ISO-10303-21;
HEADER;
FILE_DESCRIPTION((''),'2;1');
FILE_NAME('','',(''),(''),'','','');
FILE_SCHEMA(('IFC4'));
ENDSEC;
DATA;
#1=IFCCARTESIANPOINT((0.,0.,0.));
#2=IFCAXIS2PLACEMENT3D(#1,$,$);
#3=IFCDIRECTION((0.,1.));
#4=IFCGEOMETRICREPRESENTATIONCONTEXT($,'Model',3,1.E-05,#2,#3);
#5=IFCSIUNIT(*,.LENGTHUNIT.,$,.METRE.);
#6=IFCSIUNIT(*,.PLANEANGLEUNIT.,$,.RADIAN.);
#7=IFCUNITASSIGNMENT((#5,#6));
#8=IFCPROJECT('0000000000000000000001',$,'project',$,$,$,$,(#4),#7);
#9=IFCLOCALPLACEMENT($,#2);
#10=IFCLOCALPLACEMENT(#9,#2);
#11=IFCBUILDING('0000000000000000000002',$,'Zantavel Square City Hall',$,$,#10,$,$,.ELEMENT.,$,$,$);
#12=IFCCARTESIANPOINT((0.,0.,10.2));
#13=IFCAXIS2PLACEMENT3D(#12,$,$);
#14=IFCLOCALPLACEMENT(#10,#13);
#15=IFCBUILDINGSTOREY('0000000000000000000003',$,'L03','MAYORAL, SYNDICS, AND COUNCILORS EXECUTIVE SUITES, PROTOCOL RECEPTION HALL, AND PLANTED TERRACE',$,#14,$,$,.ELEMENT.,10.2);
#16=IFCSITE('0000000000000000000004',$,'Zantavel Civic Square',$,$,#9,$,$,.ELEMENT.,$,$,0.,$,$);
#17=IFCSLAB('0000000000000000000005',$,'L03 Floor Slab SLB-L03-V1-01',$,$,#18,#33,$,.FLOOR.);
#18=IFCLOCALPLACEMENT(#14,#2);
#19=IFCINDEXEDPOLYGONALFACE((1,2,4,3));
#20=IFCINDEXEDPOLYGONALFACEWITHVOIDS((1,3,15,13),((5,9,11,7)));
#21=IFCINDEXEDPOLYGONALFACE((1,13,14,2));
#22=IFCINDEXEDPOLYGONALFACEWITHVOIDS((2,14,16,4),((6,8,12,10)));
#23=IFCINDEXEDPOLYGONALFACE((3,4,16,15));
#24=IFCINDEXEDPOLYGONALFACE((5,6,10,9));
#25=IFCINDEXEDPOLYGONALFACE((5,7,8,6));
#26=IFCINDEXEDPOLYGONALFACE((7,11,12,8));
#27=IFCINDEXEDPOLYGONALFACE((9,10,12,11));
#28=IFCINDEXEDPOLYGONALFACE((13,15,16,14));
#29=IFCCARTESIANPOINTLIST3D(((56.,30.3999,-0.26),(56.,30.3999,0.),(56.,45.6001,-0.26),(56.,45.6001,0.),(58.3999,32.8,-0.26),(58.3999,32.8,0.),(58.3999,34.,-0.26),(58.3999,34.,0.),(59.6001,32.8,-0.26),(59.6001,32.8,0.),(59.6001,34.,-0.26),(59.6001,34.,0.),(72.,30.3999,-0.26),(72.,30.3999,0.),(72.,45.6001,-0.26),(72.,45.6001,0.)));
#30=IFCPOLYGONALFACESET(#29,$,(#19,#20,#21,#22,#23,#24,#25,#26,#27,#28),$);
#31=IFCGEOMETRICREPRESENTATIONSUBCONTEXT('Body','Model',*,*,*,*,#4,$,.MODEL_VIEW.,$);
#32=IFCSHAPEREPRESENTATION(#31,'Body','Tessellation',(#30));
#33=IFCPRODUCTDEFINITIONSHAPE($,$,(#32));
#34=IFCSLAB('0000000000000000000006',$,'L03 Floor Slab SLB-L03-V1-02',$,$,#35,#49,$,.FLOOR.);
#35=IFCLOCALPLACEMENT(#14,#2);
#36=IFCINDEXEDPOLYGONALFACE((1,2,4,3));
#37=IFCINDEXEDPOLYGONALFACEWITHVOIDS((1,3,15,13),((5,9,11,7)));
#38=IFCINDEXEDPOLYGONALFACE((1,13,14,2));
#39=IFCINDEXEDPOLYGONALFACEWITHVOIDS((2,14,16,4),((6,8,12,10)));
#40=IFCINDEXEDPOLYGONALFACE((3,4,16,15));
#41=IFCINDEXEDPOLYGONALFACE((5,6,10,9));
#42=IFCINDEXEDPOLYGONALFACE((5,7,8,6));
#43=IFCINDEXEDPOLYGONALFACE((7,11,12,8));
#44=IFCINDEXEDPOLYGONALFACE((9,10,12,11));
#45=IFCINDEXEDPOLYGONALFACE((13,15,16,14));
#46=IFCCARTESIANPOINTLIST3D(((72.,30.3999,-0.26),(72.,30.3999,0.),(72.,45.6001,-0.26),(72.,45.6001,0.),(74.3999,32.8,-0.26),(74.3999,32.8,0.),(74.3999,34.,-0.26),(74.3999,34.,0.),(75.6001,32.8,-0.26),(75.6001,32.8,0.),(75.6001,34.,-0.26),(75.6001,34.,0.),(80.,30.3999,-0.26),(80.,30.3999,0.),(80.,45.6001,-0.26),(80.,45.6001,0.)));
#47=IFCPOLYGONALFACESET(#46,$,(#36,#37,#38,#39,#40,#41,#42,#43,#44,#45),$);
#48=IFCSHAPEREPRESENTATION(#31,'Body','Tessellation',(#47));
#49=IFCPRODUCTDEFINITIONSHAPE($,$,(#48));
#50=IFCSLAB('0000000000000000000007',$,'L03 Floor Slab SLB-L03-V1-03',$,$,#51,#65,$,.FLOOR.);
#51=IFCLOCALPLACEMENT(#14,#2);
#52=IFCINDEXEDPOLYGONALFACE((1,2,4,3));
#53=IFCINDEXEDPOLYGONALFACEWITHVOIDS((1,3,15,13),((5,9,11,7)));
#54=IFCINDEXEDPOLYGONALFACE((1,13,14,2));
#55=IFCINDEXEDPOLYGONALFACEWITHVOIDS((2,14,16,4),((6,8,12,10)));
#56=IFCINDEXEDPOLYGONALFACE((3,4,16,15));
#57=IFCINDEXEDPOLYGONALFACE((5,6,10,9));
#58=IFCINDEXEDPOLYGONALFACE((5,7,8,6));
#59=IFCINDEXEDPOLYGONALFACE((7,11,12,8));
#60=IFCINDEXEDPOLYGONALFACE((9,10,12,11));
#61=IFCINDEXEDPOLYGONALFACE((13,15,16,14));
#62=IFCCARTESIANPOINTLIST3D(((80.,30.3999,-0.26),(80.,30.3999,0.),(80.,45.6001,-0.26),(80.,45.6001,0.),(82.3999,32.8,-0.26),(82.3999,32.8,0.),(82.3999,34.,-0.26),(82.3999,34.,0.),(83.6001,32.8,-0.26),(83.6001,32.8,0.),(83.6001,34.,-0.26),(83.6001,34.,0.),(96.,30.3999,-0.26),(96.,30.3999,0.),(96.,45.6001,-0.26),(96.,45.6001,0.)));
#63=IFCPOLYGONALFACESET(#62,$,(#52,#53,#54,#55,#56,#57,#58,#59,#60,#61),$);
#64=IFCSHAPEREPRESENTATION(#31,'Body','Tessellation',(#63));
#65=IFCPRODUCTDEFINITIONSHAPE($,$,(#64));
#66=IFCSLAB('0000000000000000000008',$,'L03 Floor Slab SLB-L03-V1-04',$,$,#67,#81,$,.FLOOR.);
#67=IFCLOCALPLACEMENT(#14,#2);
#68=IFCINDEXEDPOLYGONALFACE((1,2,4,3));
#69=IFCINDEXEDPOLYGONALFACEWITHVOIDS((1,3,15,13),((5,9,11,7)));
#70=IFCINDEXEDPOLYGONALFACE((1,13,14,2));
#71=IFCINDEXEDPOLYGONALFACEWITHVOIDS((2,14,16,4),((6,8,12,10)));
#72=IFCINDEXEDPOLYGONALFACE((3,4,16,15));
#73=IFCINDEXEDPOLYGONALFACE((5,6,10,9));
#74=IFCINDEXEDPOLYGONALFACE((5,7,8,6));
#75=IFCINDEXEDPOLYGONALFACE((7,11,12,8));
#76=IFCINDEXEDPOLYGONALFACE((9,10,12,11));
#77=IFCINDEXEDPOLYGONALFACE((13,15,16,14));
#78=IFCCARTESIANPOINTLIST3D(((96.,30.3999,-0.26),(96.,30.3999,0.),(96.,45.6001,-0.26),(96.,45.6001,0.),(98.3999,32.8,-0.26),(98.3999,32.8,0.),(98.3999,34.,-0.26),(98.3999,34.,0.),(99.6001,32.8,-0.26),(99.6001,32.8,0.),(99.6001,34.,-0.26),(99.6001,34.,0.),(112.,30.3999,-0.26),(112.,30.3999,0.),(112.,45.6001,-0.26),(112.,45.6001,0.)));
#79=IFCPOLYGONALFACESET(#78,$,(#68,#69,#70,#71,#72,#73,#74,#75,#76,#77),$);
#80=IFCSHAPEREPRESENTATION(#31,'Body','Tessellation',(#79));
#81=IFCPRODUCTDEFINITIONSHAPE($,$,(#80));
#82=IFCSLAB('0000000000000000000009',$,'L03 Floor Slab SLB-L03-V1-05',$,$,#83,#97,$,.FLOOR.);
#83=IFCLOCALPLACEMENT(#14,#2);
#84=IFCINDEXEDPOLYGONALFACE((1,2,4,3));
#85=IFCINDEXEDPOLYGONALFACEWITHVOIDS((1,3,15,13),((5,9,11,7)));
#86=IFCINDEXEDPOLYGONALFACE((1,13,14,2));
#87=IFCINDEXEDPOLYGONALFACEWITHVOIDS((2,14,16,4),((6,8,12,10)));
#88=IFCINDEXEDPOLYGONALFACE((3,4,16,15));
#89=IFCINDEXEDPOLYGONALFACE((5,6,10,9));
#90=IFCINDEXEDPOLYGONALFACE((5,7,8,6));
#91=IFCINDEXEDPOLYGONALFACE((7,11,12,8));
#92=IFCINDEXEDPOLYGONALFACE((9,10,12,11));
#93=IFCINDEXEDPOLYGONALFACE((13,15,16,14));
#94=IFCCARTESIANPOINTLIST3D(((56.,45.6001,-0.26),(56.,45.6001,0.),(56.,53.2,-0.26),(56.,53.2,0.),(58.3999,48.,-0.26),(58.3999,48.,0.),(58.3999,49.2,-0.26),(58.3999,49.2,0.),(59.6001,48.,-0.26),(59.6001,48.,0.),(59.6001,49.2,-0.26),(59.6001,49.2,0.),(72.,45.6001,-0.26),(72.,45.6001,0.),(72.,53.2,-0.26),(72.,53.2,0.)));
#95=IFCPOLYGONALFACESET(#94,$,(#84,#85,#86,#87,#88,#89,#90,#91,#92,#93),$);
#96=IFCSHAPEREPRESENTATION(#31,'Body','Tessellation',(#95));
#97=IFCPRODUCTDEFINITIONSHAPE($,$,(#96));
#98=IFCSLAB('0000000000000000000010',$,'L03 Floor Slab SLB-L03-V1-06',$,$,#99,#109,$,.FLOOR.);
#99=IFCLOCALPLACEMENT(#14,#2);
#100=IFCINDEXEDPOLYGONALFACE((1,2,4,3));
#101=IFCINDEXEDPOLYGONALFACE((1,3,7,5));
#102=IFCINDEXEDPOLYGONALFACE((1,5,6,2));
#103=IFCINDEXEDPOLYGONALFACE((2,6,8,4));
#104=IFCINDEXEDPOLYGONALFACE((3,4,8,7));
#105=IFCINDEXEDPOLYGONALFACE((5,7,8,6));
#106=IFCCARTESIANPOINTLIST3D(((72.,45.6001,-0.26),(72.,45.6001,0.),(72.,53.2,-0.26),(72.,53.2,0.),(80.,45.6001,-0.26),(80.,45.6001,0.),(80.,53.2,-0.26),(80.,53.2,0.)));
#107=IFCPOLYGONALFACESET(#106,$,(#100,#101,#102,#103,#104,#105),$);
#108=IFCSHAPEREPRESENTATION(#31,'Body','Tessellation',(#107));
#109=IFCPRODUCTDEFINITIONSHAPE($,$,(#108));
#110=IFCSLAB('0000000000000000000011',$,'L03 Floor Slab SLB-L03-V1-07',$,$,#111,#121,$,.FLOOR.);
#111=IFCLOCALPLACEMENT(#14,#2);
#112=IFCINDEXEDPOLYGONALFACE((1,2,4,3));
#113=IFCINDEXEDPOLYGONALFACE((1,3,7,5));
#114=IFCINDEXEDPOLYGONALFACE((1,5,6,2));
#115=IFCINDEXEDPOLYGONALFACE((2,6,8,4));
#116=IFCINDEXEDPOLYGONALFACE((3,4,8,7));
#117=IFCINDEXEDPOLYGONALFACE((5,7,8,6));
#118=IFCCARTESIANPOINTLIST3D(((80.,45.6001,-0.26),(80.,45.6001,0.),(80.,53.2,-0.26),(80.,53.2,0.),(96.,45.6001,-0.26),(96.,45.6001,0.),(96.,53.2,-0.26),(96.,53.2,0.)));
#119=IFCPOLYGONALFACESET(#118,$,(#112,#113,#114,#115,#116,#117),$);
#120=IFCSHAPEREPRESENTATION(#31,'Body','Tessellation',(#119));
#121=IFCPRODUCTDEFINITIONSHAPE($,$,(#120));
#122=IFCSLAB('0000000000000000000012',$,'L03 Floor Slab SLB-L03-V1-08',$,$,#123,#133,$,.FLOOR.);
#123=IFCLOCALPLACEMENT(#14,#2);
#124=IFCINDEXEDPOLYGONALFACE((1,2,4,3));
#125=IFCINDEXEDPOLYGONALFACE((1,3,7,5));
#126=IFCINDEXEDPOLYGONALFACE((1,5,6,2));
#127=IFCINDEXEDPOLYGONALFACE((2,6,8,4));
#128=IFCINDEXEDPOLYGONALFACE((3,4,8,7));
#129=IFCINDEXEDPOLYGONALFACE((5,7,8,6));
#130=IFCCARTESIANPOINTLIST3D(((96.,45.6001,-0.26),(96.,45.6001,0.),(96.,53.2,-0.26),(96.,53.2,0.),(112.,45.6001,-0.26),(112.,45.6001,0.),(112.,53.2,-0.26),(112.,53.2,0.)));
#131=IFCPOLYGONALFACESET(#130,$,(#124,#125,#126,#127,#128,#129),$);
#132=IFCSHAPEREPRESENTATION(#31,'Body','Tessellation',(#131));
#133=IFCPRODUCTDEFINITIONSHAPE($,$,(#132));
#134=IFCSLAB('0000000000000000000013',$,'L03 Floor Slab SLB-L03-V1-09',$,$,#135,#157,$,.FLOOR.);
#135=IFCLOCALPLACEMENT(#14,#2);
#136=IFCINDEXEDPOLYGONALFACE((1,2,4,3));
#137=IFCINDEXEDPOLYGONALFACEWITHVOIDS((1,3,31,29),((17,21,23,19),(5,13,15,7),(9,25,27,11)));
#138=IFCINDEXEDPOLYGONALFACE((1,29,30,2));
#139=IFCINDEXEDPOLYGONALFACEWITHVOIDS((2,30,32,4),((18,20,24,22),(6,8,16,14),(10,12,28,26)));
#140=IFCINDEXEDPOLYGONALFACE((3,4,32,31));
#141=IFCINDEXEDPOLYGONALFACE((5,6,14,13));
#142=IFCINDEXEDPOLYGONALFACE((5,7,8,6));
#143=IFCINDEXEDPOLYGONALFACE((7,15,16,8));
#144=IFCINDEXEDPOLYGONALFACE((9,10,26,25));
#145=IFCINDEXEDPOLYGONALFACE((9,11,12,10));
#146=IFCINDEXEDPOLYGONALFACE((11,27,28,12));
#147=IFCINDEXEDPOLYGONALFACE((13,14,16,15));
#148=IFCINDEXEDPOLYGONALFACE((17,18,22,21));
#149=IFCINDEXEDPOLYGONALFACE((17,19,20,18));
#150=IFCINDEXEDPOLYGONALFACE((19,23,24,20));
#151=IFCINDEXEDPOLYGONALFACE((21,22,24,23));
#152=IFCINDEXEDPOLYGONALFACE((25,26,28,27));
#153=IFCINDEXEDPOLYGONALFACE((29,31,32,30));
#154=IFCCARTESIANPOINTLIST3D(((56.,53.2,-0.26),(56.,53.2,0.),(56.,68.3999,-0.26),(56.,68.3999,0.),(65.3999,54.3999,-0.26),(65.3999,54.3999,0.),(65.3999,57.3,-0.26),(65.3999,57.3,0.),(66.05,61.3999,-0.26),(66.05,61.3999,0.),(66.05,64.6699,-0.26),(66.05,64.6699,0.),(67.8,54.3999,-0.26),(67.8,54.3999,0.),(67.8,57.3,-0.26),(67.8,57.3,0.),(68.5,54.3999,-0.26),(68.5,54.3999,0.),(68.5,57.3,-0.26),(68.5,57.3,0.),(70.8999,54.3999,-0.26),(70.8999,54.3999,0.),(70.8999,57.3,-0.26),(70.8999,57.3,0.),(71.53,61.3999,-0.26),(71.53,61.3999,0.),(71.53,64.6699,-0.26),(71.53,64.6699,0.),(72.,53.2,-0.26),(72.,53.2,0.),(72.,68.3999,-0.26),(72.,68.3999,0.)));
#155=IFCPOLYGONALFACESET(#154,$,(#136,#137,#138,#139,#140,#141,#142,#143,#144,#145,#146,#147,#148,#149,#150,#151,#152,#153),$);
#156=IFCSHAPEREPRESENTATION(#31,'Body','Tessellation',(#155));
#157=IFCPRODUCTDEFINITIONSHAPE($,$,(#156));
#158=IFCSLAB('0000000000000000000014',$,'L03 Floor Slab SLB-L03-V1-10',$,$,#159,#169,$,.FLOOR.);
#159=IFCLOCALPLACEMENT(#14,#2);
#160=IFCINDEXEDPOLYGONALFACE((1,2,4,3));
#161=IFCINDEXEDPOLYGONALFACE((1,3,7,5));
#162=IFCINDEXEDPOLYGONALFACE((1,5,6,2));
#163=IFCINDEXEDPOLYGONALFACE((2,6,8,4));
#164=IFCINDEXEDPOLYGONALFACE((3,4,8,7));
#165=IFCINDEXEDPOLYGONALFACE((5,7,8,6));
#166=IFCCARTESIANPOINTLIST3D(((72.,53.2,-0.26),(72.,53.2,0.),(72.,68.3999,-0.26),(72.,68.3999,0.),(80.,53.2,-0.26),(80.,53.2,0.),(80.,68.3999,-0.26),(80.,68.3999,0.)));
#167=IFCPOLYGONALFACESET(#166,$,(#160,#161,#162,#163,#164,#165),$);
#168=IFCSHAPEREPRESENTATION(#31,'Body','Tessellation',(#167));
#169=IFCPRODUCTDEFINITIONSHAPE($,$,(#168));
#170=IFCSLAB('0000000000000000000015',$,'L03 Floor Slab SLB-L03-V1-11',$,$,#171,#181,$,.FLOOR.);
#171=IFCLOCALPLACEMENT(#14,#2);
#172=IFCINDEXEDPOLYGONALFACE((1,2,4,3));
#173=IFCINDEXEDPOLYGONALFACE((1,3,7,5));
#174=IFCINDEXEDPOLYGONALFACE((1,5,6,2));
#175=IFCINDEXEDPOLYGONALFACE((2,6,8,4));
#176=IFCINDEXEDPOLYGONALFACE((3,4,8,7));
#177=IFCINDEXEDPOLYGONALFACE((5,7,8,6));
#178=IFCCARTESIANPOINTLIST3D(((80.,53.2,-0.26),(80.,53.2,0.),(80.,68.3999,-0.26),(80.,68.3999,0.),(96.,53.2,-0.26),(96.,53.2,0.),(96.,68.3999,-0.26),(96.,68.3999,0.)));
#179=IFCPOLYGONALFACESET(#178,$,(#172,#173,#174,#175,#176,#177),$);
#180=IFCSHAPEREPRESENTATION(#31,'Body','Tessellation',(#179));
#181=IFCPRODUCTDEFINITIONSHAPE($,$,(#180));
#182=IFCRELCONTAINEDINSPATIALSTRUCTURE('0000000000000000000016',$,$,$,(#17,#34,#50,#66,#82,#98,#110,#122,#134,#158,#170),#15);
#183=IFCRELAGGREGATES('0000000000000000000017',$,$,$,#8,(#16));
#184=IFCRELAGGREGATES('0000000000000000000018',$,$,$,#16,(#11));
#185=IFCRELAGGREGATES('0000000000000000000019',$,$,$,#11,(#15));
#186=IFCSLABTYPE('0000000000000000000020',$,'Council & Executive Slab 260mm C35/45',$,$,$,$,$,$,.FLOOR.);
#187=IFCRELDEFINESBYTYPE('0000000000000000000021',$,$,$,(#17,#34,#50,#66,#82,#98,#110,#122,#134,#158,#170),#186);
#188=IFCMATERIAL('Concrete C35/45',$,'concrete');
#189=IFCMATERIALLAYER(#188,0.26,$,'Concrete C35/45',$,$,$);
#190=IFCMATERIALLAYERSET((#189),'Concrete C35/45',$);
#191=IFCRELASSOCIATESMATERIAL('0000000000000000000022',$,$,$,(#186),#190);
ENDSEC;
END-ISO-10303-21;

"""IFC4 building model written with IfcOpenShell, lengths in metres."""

from ifc_helpers import new_model, si_unit, direction, frame, origin, place, context, subcontext, project, spatial, polyline, outline, extrude, material, layer, layer_set, type_object, element, save


model = new_model("IFC4")

# Units and contexts
model_context = context("Model", 3, precision=1e-05, world=origin(), true_north=direction((0.0, 1.0)))
body_context = subcontext(model_context, "Body", "Model", "MODEL_VIEW")
ifc_project = project(units=[si_unit("LENGTHUNIT", "METRE"), si_unit("PLANEANGLEUNIT", "RADIAN")], contexts=[model_context])

# Site, building, storey
site_placement = place(None, origin())
site = spatial("IfcSite", under=ifc_project, at=site_placement, Name="Zantavel Civic Square", CompositionType="ELEMENT", RefElevation=0.0)
building_placement = place(site_placement, origin())
building = spatial("IfcBuilding", under=site, at=building_placement, Name="Zantavel Square City Hall", CompositionType="ELEMENT")
storey_placement = place(building_placement, frame((0.0, 0.0, 10.2)))
storey = spatial("IfcBuildingStorey", under=building, at=storey_placement, Name="L03", Description="MAYORAL, SYNDICS, AND COUNCILORS EXECUTIVE SUITES, PROTOCOL RECEPTION HALL, AND PLANTED TERRACE", CompositionType="ELEMENT", Elevation=10.2)

# Slabs
ifc_material_1 = material(Name="Concrete C35/45", Category="concrete")
ifc_layer_1 = layer(ifc_material_1, 0.26, Name="Concrete C35/45")
ifc_layer_set_1 = layer_set([ifc_layer_1], Name="Concrete C35/45")
slab_type_1 = type_object("IfcSlabType", Name="Council & Executive Slab 260mm C35/45", PredefinedType="FLOOR", material=ifc_layer_set_1)
slab_1_placement = place(storey_placement, frame((0.0, 0.0, -0.26)))
element("IfcSlab", 1, at=slab_1_placement, inside=storey, type_object=slab_type_1, Name="L03 Floor Slab SLB-L03-V1-01", PredefinedType="FLOOR", context=body_context, shape_type="SweptSolid", body=[
    extrude(outline(polyline([(56.0, 45.6001), (72.0, 45.6001), (72.0, 30.3999), (56.0, 30.3999), (56.0, 45.6001)]), holes=[polyline([(59.6001, 34.0), (58.3999, 34.0), (58.3999, 32.8), (59.6001, 32.8), (59.6001, 34.0)])]), origin(), (0.0, 0.0, 1.0), 0.26),
])
slab_2_placement = place(storey_placement, frame((0.0, 0.0, -0.26)))
element("IfcSlab", 2, at=slab_2_placement, inside=storey, type_object=slab_type_1, Name="L03 Floor Slab SLB-L03-V1-02", PredefinedType="FLOOR", context=body_context, shape_type="SweptSolid", body=[
    extrude(outline(polyline([(80.0, 30.3999), (72.0, 30.3999), (72.0, 45.6001), (80.0, 45.6001), (80.0, 30.3999)]), holes=[polyline([(75.6001, 34.0), (74.3999, 34.0), (74.3999, 32.8), (75.6001, 32.8), (75.6001, 34.0)])]), origin(), (0.0, 0.0, 1.0), 0.26),
])
slab_3_placement = place(storey_placement, frame((0.0, 0.0, -0.26)))
element("IfcSlab", 3, at=slab_3_placement, inside=storey, type_object=slab_type_1, Name="L03 Floor Slab SLB-L03-V1-03", PredefinedType="FLOOR", context=body_context, shape_type="SweptSolid", body=[
    extrude(outline(polyline([(96.0, 30.3999), (80.0, 30.3999), (80.0, 45.6001), (96.0, 45.6001), (96.0, 30.3999)]), holes=[polyline([(83.6001, 34.0), (82.3999, 34.0), (82.3999, 32.8), (83.6001, 32.8), (83.6001, 34.0)])]), origin(), (0.0, 0.0, 1.0), 0.26),
])
slab_4_placement = place(storey_placement, frame((0.0, 0.0, -0.26)))
element("IfcSlab", 4, at=slab_4_placement, inside=storey, type_object=slab_type_1, Name="L03 Floor Slab SLB-L03-V1-04", PredefinedType="FLOOR", context=body_context, shape_type="SweptSolid", body=[
    extrude(outline(polyline([(112.0, 30.3999), (96.0, 30.3999), (96.0, 45.6001), (112.0, 45.6001), (112.0, 30.3999)]), holes=[polyline([(99.6001, 34.0), (98.3999, 34.0), (98.3999, 32.8), (99.6001, 32.8), (99.6001, 34.0)])]), origin(), (0.0, 0.0, 1.0), 0.26),
])
slab_5_placement = place(storey_placement, frame((0.0, 0.0, -0.26)))
element("IfcSlab", 5, at=slab_5_placement, inside=storey, type_object=slab_type_1, Name="L03 Floor Slab SLB-L03-V1-05", PredefinedType="FLOOR", context=body_context, shape_type="SweptSolid", body=[
    extrude(outline(polyline([(72.0, 53.2), (72.0, 45.6001), (56.0, 45.6001), (56.0, 53.2), (72.0, 53.2)]), holes=[polyline([(59.6001, 49.2), (58.3999, 49.2), (58.3999, 48.0), (59.6001, 48.0), (59.6001, 49.2)])]), origin(), (0.0, 0.0, 1.0), 0.26),
])
slab_6_placement = place(storey_placement, frame((0.0, 0.0, -0.26)))
element("IfcSlab", 6, at=slab_6_placement, inside=storey, type_object=slab_type_1, Name="L03 Floor Slab SLB-L03-V1-06", PredefinedType="FLOOR", context=body_context, shape_type="SweptSolid", body=[
    extrude(outline(polyline([(80.0, 53.2), (80.0, 45.6001), (72.0, 45.6001), (72.0, 53.2), (80.0, 53.2)])), origin(), (0.0, 0.0, 1.0), 0.26),
])
slab_7_placement = place(storey_placement, frame((0.0, 0.0, -0.26)))
element("IfcSlab", 7, at=slab_7_placement, inside=storey, type_object=slab_type_1, Name="L03 Floor Slab SLB-L03-V1-07", PredefinedType="FLOOR", context=body_context, shape_type="SweptSolid", body=[
    extrude(outline(polyline([(96.0, 53.2), (96.0, 45.6001), (80.0, 45.6001), (80.0, 53.2), (96.0, 53.2)])), origin(), (0.0, 0.0, 1.0), 0.26),
])
slab_8_placement = place(storey_placement, frame((0.0, 0.0, -0.26)))
element("IfcSlab", 8, at=slab_8_placement, inside=storey, type_object=slab_type_1, Name="L03 Floor Slab SLB-L03-V1-08", PredefinedType="FLOOR", context=body_context, shape_type="SweptSolid", body=[
    extrude(outline(polyline([(112.0, 53.2), (112.0, 45.6001), (96.0, 45.6001), (96.0, 53.2), (112.0, 53.2)])), origin(), (0.0, 0.0, 1.0), 0.26),
])
slab_9_placement = place(storey_placement, frame((0.0, 0.0, -0.26)))
element("IfcSlab", 9, at=slab_9_placement, inside=storey, type_object=slab_type_1, Name="L03 Floor Slab SLB-L03-V1-09", PredefinedType="FLOOR", context=body_context, shape_type="SweptSolid", body=[
    extrude(outline(polyline([(56.0, 53.2), (56.0, 68.3999), (72.0, 68.3999), (72.0, 53.2), (56.0, 53.2)]), holes=[polyline([(66.05, 61.3999), (71.53, 61.3999), (71.53, 64.6699), (66.05, 64.6699), (66.05, 61.3999)]), polyline([(65.3999, 57.3), (65.3999, 54.3999), (67.8, 54.3999), (67.8, 57.3), (65.3999, 57.3)]), polyline([(70.8999, 57.3), (68.5, 57.3), (68.5, 54.3999), (70.8999, 54.3999), (70.8999, 57.3)])]), origin(), (0.0, 0.0, 1.0), 0.26),
])
slab_10_placement = place(storey_placement, frame((0.0, 0.0, -0.26)))
element("IfcSlab", 10, at=slab_10_placement, inside=storey, type_object=slab_type_1, Name="L03 Floor Slab SLB-L03-V1-10", PredefinedType="FLOOR", context=body_context, shape_type="SweptSolid", body=[
    extrude(outline(polyline([(80.0, 68.3999), (80.0, 53.2), (72.0, 53.2), (72.0, 68.3999), (80.0, 68.3999)])), origin(), (0.0, 0.0, 1.0), 0.26),
])
slab_11_placement = place(storey_placement, frame((0.0, 0.0, -0.26)))
element("IfcSlab", 11, at=slab_11_placement, inside=storey, type_object=slab_type_1, Name="L03 Floor Slab SLB-L03-V1-11", PredefinedType="FLOOR", context=body_context, shape_type="SweptSolid", body=[
    extrude(outline(polyline([(96.0, 68.3999), (96.0, 53.2), (80.0, 53.2), (80.0, 68.3999), (96.0, 68.3999)])), origin(), (0.0, 0.0, 1.0), 0.26),
])

save(model, "model.ifc")
